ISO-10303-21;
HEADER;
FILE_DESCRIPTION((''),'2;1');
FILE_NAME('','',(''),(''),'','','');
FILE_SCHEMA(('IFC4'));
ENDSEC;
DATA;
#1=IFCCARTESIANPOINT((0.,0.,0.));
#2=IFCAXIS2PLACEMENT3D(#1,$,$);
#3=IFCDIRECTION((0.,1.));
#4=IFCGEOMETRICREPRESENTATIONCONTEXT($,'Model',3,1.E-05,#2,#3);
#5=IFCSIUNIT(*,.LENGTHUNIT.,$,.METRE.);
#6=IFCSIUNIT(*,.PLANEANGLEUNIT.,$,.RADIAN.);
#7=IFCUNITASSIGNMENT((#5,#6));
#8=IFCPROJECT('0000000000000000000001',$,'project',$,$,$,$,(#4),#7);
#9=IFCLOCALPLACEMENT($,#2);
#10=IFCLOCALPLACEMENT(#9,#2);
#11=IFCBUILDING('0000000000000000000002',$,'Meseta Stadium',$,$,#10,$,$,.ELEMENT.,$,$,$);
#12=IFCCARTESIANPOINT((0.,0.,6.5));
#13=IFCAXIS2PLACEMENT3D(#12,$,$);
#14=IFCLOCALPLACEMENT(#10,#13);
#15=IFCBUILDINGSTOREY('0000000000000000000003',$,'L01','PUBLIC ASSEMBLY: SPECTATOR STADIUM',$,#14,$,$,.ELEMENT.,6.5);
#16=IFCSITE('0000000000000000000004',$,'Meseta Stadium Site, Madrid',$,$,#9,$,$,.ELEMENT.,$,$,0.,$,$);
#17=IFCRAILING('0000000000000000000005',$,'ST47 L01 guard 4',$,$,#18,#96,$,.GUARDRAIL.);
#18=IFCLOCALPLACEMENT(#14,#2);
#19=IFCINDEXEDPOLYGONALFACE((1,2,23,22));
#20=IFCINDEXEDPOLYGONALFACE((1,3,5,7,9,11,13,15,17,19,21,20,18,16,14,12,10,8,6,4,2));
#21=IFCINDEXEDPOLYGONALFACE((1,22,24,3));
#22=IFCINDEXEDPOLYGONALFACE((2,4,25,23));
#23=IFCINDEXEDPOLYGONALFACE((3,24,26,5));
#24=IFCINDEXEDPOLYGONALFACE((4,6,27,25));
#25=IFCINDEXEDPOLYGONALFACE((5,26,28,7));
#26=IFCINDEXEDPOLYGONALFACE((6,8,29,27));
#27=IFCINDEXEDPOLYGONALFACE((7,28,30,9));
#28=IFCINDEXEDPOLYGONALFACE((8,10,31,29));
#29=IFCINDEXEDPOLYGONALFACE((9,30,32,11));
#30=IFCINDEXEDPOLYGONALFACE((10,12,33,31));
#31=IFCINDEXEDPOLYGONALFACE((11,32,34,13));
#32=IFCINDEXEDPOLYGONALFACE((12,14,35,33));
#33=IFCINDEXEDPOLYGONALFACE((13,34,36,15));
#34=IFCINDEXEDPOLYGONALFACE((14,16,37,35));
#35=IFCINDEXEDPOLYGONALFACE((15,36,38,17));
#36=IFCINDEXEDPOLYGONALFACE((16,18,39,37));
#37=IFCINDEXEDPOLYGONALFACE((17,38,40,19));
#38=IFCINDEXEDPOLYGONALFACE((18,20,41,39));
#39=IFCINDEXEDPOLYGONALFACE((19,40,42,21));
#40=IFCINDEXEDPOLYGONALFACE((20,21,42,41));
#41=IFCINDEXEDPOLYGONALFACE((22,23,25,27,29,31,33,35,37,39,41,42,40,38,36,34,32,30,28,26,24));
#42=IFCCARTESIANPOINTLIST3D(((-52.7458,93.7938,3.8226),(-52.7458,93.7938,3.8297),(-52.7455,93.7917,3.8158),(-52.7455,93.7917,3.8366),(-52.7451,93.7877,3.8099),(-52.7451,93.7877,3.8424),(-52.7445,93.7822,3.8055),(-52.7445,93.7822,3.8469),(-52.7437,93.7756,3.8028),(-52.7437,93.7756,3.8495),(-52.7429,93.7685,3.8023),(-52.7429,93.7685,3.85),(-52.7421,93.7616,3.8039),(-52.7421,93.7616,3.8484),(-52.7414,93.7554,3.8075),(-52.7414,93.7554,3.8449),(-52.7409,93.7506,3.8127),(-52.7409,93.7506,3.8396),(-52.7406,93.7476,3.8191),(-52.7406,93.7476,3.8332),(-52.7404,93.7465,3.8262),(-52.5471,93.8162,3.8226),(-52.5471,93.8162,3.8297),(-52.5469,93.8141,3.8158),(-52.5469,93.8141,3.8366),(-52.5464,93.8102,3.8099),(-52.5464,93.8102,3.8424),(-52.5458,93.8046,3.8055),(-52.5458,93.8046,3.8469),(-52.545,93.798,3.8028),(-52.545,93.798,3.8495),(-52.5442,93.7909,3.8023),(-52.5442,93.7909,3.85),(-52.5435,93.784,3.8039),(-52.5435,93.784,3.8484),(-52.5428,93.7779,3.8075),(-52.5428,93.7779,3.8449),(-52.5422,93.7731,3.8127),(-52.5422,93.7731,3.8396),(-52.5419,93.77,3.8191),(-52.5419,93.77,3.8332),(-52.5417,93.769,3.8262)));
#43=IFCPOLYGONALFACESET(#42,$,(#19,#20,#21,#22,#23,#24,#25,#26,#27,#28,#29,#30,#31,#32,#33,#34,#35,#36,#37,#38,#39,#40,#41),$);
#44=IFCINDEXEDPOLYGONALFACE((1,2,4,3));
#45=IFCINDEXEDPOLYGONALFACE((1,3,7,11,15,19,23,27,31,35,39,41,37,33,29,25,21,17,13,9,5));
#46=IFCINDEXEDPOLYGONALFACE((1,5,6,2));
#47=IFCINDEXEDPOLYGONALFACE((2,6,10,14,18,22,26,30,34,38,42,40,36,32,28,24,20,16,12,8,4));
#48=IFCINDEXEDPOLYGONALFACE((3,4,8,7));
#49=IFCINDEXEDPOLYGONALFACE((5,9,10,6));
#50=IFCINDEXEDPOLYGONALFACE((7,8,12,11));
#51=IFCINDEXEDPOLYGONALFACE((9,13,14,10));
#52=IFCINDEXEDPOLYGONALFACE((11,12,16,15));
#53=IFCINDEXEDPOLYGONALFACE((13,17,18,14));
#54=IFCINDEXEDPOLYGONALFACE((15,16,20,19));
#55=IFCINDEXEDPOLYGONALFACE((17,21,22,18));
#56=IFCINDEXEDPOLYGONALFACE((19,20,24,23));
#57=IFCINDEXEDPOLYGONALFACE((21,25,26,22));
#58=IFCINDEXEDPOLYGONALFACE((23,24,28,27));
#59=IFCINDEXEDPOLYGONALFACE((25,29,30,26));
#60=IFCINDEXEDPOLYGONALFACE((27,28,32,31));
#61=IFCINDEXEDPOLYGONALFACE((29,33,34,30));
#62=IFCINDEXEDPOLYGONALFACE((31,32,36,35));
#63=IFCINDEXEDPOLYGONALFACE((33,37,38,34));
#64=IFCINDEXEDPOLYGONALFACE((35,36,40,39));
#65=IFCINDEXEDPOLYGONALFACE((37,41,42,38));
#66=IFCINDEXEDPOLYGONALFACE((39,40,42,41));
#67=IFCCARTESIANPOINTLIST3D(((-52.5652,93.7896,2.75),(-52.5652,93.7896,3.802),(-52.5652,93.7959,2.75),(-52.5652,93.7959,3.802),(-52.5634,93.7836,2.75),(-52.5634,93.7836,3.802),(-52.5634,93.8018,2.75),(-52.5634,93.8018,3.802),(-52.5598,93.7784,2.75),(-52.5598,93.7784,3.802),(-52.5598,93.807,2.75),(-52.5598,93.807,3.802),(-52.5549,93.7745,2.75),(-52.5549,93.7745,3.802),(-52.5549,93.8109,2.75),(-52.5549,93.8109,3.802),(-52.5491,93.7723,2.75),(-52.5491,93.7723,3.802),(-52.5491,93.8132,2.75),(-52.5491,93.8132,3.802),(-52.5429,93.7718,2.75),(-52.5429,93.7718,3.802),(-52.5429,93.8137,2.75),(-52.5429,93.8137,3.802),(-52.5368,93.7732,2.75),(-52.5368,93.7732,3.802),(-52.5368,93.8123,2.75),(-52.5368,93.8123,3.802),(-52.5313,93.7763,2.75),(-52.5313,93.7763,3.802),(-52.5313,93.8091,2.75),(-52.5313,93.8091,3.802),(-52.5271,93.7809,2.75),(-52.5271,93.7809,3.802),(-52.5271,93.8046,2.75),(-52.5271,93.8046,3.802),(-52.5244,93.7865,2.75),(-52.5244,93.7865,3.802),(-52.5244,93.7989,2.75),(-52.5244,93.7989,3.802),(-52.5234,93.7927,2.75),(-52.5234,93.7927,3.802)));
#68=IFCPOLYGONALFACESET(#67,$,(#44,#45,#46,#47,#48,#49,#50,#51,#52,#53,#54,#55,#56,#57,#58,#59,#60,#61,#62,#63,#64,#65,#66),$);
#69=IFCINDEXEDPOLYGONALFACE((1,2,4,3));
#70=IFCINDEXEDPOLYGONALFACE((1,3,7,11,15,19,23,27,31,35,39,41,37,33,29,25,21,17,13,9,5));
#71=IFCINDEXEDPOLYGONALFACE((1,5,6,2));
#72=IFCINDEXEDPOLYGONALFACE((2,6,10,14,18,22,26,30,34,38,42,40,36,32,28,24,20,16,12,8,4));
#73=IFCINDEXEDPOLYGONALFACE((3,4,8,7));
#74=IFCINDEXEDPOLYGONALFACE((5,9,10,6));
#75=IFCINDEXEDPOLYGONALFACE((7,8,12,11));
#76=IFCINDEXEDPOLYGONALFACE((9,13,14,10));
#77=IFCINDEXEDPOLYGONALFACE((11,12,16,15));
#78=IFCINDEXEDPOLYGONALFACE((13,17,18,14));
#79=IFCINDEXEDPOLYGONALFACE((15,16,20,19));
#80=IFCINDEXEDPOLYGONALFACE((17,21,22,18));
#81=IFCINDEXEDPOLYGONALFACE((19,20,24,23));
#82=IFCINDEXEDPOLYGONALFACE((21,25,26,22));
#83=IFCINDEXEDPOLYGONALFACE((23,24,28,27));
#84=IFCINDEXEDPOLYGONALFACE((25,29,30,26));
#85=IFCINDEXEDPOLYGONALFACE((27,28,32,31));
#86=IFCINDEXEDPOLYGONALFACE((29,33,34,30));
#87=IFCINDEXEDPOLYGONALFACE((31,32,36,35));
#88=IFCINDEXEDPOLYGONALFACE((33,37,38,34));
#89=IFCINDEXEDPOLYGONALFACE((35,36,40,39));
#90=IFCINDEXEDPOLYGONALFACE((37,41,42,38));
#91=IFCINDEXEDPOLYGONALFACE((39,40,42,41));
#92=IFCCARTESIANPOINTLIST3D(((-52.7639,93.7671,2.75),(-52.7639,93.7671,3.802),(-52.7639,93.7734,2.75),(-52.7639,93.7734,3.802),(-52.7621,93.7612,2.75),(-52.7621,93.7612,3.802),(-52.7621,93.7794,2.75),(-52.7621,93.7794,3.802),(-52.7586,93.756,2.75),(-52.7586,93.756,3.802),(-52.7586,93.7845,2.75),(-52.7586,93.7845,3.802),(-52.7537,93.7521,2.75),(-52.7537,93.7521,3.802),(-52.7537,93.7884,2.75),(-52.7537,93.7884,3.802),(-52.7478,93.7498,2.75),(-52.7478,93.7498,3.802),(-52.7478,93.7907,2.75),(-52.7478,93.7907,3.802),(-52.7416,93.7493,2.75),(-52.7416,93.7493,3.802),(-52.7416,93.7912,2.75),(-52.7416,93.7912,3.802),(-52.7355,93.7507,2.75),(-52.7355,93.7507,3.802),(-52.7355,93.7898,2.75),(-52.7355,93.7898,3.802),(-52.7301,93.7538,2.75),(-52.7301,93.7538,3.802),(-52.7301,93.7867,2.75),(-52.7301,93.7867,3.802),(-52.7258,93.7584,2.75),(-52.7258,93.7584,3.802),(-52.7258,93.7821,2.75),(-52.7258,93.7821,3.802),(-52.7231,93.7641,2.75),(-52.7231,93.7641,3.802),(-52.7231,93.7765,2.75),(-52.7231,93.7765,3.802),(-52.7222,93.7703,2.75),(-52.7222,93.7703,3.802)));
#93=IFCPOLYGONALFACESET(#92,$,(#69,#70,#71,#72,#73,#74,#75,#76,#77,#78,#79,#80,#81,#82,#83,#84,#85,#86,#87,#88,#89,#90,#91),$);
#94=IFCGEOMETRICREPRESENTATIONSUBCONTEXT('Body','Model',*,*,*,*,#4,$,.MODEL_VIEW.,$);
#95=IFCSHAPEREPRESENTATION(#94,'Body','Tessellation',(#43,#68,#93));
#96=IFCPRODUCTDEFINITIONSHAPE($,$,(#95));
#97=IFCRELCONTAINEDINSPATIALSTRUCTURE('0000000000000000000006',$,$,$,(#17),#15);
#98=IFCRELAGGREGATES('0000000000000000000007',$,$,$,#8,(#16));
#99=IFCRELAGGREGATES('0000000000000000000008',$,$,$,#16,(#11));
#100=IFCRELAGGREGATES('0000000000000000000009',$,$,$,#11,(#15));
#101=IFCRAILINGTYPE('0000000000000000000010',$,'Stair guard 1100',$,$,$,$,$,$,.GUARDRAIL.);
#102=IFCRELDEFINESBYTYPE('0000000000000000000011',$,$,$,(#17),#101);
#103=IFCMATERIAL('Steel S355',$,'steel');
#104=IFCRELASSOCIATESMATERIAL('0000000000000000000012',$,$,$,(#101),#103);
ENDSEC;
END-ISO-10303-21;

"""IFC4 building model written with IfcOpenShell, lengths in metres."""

from ifc_helpers import new_model, si_unit, direction, frame, origin, origin_2d, place, context, subcontext, project, spatial, circle, extrude, material, type_object, element, save


model = new_model("IFC4")

# Units and contexts
model_context = context("Model", 3, precision=1e-05, world=origin(), true_north=direction((0.0, 1.0)))
body_context = subcontext(model_context, "Body", "Model", "MODEL_VIEW")
ifc_project = project(units=[si_unit("LENGTHUNIT", "METRE"), si_unit("PLANEANGLEUNIT", "RADIAN")], contexts=[model_context])

# Site, building, storey
site_placement = place(None, origin())
site = spatial("IfcSite", under=ifc_project, at=site_placement, Name="Meseta Stadium Site, Madrid", CompositionType="ELEMENT", RefElevation=0.0)
building_placement = place(site_placement, origin())
building = spatial("IfcBuilding", under=site, at=building_placement, Name="Meseta Stadium", CompositionType="ELEMENT")
storey_placement = place(building_placement, frame((0.0, 0.0, 6.5)))
storey = spatial("IfcBuildingStorey", under=building, at=storey_placement, Name="L01", Description="PUBLIC ASSEMBLY: SPECTATOR STADIUM", CompositionType="ELEMENT", Elevation=6.5)

# Railing
ifc_material_1 = material(Name="Steel S355", Category="steel")
railing_type_1 = type_object("IfcRailingType", Name="Stair guard 1100", PredefinedType="GUARDRAIL", material=ifc_material_1)
railing_1_placement = place(storey_placement, frame((-52.5444, 93.7927, 2.75)))
element("IfcRailing", 1, at=railing_1_placement, inside=storey, type_object=railing_type_1, Name="ST47 L01 guard 4", PredefinedType="GUARDRAIL", context=body_context, shape_type="SweptSolid", body=[
    extrude(circle(Radius=0.0239, at=origin_2d()), frame((0.0, 0.0, 1.0762), z_axis=(-0.993674, -0.112307, 0.0), x_axis=(0.112307, -0.993674, 0.0)), (0.0, 0.0, 1.0), 0.2),
    extrude(circle(Radius=0.021, at=origin_2d()), origin(), (0.0, 0.0, 1.0), 1.052),
    extrude(circle(Radius=0.021, at=origin_2d()), frame((-0.1987, -0.0225, 0.0)), (0.0, 0.0, 1.0), 1.052),
])

save(model, "model.ifc")
